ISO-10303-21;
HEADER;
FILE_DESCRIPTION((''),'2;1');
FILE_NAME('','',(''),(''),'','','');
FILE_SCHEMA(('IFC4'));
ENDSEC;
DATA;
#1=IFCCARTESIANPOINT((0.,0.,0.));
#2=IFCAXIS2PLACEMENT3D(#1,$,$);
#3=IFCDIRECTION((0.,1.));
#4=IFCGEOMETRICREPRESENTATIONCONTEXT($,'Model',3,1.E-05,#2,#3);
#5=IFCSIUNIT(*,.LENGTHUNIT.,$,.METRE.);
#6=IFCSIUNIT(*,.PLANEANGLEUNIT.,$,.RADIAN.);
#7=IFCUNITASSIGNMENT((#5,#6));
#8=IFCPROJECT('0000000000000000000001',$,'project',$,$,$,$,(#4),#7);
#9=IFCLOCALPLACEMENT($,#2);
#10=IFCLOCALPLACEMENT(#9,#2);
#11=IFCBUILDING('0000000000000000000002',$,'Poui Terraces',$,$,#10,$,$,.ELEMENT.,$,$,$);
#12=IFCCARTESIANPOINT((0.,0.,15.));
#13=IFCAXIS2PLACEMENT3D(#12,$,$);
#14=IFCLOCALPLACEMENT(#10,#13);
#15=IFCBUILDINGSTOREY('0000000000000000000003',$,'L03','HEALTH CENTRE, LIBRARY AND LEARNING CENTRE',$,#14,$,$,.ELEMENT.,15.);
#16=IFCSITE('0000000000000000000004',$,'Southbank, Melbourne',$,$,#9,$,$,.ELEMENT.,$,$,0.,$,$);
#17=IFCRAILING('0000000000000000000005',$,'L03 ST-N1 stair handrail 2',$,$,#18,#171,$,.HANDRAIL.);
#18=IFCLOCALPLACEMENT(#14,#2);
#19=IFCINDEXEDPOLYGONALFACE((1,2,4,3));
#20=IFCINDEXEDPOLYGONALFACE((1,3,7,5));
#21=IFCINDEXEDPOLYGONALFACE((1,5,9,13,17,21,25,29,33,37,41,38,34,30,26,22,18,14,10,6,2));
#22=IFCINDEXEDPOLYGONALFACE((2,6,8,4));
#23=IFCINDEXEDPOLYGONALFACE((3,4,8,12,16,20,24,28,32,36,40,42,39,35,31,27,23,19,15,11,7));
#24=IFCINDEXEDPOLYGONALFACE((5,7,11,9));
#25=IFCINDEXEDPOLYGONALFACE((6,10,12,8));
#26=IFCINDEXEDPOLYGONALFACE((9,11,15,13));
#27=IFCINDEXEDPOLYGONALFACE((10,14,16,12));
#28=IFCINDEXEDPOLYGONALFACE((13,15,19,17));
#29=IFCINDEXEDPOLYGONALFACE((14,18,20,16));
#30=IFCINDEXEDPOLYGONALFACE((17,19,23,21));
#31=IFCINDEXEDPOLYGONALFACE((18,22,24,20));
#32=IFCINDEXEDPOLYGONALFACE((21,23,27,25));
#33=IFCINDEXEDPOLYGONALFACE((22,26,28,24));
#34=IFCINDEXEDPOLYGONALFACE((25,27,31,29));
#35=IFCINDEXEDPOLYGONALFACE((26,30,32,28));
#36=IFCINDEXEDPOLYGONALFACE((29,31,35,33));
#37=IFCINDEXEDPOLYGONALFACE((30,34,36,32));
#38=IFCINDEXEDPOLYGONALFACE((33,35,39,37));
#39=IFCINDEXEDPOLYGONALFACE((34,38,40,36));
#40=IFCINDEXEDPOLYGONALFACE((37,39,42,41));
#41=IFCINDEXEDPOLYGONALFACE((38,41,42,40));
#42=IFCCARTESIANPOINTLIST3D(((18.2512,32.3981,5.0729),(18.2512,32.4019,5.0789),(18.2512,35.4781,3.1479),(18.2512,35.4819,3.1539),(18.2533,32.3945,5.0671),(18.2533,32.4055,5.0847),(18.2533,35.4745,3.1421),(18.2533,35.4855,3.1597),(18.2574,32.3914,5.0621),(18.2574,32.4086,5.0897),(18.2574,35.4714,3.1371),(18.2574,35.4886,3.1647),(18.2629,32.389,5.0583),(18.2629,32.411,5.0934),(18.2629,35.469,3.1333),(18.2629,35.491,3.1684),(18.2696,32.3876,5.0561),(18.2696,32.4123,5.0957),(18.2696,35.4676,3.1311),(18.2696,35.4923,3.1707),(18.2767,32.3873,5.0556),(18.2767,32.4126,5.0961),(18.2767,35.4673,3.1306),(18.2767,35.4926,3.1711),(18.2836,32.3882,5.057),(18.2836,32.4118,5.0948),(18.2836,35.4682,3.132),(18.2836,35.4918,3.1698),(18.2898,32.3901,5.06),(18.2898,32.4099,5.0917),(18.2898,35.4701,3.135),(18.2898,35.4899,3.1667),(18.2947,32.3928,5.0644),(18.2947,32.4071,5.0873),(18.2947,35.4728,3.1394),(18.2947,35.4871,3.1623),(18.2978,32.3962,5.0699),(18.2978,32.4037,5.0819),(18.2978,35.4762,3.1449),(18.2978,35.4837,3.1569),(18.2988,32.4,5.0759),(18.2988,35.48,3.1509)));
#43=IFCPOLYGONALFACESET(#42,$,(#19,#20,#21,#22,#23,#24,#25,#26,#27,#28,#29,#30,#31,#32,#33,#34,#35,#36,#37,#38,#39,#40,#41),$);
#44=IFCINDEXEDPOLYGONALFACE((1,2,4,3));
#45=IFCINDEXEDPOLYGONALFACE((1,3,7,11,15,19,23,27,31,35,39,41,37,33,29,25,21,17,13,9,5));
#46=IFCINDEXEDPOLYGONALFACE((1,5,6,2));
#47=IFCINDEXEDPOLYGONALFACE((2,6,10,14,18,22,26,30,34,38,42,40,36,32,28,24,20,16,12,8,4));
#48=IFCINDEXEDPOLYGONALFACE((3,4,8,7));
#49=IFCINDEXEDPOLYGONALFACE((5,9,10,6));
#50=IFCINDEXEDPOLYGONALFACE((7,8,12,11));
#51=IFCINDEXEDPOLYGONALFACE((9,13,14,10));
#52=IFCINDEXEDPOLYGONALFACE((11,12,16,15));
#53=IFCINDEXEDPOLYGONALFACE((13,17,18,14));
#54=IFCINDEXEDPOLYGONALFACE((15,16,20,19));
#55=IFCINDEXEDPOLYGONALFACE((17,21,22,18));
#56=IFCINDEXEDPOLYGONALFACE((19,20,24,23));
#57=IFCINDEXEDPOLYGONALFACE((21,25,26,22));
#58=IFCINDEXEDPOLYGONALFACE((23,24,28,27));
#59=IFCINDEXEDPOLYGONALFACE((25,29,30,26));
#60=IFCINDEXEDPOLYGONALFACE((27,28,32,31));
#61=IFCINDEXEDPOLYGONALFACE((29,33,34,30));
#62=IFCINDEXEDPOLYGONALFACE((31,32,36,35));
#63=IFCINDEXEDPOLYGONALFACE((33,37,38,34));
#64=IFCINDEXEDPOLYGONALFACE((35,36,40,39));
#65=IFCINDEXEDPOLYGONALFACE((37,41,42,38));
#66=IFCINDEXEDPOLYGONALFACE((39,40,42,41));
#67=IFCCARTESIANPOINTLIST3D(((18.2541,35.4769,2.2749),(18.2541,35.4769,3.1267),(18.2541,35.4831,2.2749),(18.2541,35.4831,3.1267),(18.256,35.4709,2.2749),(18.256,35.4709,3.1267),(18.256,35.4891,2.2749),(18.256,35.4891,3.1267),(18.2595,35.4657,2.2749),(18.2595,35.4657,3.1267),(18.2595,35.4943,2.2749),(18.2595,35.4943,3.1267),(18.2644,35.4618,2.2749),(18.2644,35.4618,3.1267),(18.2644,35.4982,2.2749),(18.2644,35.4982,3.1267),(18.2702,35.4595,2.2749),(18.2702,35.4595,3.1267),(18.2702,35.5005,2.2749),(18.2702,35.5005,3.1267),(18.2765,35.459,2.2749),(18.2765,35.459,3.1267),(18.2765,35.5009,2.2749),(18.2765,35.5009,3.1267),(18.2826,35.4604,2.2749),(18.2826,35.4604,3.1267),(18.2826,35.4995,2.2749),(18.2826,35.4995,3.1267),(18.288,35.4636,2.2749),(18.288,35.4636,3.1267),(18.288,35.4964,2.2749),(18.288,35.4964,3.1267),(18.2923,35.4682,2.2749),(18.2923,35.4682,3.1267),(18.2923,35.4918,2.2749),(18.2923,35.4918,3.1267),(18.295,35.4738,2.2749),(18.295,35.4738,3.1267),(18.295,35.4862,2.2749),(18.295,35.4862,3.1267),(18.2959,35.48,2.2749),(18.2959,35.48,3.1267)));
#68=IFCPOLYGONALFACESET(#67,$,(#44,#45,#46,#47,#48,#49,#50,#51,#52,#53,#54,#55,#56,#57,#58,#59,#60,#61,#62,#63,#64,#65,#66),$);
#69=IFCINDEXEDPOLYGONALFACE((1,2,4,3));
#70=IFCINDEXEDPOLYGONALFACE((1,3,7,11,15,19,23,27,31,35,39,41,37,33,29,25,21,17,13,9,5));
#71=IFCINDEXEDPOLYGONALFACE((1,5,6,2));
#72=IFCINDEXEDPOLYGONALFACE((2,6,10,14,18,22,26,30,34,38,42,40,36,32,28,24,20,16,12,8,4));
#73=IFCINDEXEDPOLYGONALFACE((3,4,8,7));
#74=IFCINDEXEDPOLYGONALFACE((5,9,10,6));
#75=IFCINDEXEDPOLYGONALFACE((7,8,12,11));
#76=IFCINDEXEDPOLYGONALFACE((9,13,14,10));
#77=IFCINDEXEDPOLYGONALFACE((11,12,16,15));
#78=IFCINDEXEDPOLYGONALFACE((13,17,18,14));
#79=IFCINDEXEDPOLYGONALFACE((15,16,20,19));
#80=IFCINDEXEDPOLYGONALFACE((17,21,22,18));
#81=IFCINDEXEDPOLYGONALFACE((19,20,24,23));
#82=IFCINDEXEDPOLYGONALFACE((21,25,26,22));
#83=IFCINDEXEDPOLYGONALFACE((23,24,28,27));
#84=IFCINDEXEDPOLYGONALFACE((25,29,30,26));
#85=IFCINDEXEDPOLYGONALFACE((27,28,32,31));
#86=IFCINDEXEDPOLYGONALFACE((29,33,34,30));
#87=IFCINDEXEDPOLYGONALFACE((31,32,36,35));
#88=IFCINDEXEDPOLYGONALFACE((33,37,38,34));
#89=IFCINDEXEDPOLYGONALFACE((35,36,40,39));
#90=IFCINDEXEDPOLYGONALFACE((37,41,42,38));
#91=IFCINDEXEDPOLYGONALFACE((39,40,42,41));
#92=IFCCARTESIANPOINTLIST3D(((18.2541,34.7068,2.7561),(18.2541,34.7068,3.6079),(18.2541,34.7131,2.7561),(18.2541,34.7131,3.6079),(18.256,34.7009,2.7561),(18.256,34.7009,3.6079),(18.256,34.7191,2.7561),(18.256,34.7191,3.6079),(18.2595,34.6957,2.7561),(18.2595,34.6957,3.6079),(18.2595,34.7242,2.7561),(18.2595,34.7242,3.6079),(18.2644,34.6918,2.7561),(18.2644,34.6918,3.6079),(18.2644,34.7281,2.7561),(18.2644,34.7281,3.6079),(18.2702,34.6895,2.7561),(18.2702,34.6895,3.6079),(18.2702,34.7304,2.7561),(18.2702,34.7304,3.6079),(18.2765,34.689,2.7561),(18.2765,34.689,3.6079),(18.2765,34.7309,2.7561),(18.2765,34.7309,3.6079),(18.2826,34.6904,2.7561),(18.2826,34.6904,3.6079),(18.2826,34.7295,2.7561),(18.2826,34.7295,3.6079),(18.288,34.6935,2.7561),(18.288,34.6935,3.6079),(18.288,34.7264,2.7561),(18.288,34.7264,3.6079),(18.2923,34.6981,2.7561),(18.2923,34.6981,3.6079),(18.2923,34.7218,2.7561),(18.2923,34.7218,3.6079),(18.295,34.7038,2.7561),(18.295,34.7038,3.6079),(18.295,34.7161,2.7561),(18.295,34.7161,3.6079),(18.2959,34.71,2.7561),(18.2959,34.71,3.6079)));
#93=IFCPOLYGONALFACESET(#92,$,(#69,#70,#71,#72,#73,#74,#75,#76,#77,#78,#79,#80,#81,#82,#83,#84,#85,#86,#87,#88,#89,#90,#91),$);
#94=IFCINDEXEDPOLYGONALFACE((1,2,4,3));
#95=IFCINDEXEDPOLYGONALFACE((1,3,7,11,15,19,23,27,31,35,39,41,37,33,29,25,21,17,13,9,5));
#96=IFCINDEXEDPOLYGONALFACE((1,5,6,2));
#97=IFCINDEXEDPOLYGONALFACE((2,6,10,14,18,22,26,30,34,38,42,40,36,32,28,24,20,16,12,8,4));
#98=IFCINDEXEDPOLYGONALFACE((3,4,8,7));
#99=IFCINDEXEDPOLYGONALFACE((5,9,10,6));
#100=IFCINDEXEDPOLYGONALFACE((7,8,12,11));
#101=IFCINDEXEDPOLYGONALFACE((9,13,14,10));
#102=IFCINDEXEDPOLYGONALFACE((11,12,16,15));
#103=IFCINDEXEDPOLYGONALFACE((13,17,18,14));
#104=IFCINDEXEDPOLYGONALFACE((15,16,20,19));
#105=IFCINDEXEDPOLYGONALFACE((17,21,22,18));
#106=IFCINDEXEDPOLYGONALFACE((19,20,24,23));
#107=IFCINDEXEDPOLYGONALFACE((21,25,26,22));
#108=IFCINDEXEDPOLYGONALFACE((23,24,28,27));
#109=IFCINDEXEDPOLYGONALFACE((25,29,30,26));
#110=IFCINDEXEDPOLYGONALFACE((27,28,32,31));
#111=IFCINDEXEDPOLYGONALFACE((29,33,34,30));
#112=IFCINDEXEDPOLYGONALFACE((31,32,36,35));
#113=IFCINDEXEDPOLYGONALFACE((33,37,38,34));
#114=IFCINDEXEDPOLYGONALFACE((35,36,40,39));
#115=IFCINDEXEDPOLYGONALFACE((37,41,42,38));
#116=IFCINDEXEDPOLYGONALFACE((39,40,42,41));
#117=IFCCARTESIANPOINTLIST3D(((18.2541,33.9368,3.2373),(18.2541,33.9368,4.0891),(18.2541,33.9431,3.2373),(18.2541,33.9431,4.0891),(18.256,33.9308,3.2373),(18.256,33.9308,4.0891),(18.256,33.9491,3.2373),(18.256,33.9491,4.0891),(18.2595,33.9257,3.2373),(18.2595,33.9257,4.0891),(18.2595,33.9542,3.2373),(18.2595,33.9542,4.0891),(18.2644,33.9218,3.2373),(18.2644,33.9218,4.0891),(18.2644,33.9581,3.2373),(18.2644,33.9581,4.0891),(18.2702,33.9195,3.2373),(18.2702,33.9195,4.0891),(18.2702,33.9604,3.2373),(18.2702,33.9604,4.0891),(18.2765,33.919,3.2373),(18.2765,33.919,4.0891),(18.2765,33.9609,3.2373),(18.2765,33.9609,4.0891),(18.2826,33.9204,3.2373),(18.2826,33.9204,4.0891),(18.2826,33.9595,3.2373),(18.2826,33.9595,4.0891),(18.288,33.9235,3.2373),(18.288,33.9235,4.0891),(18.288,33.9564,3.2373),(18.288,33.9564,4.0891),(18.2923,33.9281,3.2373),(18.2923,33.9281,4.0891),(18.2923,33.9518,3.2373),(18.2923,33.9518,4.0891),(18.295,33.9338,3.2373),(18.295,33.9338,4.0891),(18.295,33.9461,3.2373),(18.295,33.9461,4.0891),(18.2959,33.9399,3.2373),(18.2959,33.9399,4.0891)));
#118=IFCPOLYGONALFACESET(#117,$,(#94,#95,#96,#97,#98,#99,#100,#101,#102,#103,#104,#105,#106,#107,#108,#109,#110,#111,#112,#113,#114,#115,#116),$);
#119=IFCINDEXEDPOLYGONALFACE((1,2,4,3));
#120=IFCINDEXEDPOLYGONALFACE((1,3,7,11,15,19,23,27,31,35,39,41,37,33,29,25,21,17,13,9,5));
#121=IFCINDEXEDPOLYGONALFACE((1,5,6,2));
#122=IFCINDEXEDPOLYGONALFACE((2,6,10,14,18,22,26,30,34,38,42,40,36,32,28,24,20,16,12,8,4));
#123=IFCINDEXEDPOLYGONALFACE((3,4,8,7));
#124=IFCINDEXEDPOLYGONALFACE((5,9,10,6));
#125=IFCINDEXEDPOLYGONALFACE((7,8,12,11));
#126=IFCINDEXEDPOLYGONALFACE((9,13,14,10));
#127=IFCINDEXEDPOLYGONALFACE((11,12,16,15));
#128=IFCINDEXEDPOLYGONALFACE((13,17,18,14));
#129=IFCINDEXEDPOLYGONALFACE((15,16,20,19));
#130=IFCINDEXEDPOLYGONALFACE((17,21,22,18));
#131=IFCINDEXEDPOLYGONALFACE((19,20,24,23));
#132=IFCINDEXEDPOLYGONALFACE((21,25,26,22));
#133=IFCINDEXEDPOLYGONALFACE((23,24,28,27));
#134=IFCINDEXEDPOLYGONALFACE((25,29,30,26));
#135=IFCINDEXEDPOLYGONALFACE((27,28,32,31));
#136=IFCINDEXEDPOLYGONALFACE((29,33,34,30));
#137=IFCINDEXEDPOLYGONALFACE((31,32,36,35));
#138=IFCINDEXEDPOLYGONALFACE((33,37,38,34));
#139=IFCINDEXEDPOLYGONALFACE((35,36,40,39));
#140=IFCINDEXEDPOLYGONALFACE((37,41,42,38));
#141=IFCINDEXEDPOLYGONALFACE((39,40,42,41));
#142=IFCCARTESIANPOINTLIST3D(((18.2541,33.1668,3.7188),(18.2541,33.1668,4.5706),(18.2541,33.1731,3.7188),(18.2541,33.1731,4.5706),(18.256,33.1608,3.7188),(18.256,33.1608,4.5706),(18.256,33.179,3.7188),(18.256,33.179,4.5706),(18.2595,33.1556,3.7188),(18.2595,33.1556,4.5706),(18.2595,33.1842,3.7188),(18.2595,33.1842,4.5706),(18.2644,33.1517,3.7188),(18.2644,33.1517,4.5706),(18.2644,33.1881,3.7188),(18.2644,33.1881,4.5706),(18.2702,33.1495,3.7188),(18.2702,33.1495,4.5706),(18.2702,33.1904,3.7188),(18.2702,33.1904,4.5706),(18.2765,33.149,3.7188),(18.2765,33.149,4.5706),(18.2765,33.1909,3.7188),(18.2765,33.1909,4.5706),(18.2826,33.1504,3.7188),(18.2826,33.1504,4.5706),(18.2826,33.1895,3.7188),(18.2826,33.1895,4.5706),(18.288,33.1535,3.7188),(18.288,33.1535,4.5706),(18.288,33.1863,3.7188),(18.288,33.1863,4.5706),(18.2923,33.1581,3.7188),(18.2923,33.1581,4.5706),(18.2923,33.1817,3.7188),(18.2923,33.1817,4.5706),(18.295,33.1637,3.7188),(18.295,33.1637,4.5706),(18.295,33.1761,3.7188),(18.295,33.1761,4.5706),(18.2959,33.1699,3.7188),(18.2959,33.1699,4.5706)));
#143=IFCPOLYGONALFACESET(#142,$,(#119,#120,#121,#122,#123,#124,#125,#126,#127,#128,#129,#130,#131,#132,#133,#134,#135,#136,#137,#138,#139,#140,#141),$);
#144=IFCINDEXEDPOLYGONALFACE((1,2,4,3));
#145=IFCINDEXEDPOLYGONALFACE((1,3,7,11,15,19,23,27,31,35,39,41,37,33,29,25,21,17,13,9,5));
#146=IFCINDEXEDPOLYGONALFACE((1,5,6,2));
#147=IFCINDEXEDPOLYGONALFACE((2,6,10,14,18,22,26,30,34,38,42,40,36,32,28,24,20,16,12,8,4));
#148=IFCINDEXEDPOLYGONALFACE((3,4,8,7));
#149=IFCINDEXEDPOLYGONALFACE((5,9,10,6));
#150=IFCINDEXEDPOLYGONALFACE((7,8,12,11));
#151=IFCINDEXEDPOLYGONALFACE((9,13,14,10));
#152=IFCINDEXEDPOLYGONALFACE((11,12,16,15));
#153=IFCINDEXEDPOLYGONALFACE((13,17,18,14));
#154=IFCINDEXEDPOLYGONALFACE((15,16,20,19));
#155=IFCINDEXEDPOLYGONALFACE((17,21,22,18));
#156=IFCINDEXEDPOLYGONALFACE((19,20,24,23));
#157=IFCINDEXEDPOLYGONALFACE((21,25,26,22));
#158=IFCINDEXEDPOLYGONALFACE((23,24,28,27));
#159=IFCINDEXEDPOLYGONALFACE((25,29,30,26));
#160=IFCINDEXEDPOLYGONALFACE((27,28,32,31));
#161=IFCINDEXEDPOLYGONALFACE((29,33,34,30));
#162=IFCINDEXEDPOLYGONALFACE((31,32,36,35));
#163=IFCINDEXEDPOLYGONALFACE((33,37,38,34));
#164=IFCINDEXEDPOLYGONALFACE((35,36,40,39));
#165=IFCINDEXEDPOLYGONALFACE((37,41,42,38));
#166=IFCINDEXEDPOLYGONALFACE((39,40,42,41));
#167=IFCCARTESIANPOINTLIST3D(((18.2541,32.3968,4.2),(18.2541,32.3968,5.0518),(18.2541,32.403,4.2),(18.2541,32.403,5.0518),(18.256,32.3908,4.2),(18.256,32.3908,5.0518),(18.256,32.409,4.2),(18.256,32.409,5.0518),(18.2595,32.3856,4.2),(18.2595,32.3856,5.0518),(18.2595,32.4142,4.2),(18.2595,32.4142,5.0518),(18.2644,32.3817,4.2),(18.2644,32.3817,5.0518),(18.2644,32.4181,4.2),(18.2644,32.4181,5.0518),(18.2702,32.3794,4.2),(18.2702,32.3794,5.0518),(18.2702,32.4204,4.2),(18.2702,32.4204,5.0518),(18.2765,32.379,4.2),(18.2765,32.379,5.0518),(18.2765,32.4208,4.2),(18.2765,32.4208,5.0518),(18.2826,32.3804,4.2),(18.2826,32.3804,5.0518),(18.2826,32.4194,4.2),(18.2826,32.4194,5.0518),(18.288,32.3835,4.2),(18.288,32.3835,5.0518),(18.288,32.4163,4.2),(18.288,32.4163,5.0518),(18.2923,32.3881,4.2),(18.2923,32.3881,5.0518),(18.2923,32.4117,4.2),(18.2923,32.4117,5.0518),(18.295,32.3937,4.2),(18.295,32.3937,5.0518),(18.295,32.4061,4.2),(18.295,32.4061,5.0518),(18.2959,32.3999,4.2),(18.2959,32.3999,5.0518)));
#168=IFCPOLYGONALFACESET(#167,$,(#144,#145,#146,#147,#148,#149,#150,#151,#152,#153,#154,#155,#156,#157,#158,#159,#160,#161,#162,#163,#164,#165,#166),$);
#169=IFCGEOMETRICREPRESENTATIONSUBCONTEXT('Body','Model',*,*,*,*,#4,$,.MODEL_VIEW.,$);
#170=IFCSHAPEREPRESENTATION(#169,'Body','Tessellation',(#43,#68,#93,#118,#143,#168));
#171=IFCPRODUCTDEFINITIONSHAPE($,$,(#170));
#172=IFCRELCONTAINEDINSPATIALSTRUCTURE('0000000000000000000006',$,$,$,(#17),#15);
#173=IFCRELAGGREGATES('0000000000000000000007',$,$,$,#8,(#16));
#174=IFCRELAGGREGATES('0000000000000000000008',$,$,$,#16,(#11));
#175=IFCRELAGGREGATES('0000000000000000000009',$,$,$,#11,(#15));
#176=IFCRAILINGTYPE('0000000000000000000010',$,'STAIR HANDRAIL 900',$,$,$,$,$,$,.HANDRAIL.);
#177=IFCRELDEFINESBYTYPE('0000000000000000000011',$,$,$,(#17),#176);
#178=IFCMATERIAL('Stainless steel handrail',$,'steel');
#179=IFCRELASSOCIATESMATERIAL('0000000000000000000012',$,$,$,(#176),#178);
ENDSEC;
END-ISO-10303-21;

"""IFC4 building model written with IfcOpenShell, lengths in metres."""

from ifc_helpers import new_model, si_unit, direction, frame, origin, origin_2d, place, context, subcontext, project, spatial, circle, extrude, material, type_object, element, save


model = new_model("IFC4")

# Units and contexts
model_context = context("Model", 3, precision=1e-05, world=origin(), true_north=direction((0.0, 1.0)))
body_context = subcontext(model_context, "Body", "Model", "MODEL_VIEW")
ifc_project = project(units=[si_unit("LENGTHUNIT", "METRE"), si_unit("PLANEANGLEUNIT", "RADIAN")], contexts=[model_context])

# Site, building, storey
site_placement = place(None, origin())
site = spatial("IfcSite", under=ifc_project, at=site_placement, Name="Southbank, Melbourne", CompositionType="ELEMENT", RefElevation=0.0)
building_placement = place(site_placement, origin())
building = spatial("IfcBuilding", under=site, at=building_placement, Name="Poui Terraces", CompositionType="ELEMENT")
storey_placement = place(building_placement, frame((0.0, 0.0, 15.0)))
storey = spatial("IfcBuildingStorey", under=building, at=storey_placement, Name="L03", Description="HEALTH CENTRE, LIBRARY AND LEARNING CENTRE", CompositionType="ELEMENT", Elevation=15.0)

# Railing
ifc_material_1 = material(Name="Stainless steel handrail", Category="steel")
railing_type_1 = type_object("IfcRailingType", Name="STAIR HANDRAIL 900", PredefinedType="HANDRAIL", material=ifc_material_1)
railing_1_placement = place(storey_placement, frame((18.2749, 35.48, 2.2749)))
element("IfcRailing", 1, at=railing_1_placement, inside=storey, type_object=railing_type_1, Name="L03 ST-N1 stair handrail 2", PredefinedType="HANDRAIL", context=body_context, shape_type="SweptSolid", body=[
    extrude(circle(Radius=0.0239, at=origin_2d()), frame((0.0, 0.0, 0.876), z_axis=(0.0, -0.847998, 0.529999), x_axis=(1.0, 0.0, 0.0)), (0.0, 0.0, 1.0), 3.6321),
    extrude(circle(Radius=0.021, at=origin_2d()), origin(), (0.0, 0.0, 1.0), 0.8518),
    extrude(circle(Radius=0.021, at=origin_2d()), frame((0.0, -0.77, 0.4812)), (0.0, 0.0, 1.0), 0.8518),
    extrude(circle(Radius=0.021, at=origin_2d()), frame((0.0, -1.54, 0.9624)), (0.0, 0.0, 1.0), 0.8518),
    extrude(circle(Radius=0.021, at=origin_2d()), frame((0.0, -2.3101, 1.4438)), (0.0, 0.0, 1.0), 0.8518),
    extrude(circle(Radius=0.021, at=origin_2d()), frame((0.0, -3.0801, 1.925)), (0.0, 0.0, 1.0), 0.8518),
])

save(model, "model.ifc")
